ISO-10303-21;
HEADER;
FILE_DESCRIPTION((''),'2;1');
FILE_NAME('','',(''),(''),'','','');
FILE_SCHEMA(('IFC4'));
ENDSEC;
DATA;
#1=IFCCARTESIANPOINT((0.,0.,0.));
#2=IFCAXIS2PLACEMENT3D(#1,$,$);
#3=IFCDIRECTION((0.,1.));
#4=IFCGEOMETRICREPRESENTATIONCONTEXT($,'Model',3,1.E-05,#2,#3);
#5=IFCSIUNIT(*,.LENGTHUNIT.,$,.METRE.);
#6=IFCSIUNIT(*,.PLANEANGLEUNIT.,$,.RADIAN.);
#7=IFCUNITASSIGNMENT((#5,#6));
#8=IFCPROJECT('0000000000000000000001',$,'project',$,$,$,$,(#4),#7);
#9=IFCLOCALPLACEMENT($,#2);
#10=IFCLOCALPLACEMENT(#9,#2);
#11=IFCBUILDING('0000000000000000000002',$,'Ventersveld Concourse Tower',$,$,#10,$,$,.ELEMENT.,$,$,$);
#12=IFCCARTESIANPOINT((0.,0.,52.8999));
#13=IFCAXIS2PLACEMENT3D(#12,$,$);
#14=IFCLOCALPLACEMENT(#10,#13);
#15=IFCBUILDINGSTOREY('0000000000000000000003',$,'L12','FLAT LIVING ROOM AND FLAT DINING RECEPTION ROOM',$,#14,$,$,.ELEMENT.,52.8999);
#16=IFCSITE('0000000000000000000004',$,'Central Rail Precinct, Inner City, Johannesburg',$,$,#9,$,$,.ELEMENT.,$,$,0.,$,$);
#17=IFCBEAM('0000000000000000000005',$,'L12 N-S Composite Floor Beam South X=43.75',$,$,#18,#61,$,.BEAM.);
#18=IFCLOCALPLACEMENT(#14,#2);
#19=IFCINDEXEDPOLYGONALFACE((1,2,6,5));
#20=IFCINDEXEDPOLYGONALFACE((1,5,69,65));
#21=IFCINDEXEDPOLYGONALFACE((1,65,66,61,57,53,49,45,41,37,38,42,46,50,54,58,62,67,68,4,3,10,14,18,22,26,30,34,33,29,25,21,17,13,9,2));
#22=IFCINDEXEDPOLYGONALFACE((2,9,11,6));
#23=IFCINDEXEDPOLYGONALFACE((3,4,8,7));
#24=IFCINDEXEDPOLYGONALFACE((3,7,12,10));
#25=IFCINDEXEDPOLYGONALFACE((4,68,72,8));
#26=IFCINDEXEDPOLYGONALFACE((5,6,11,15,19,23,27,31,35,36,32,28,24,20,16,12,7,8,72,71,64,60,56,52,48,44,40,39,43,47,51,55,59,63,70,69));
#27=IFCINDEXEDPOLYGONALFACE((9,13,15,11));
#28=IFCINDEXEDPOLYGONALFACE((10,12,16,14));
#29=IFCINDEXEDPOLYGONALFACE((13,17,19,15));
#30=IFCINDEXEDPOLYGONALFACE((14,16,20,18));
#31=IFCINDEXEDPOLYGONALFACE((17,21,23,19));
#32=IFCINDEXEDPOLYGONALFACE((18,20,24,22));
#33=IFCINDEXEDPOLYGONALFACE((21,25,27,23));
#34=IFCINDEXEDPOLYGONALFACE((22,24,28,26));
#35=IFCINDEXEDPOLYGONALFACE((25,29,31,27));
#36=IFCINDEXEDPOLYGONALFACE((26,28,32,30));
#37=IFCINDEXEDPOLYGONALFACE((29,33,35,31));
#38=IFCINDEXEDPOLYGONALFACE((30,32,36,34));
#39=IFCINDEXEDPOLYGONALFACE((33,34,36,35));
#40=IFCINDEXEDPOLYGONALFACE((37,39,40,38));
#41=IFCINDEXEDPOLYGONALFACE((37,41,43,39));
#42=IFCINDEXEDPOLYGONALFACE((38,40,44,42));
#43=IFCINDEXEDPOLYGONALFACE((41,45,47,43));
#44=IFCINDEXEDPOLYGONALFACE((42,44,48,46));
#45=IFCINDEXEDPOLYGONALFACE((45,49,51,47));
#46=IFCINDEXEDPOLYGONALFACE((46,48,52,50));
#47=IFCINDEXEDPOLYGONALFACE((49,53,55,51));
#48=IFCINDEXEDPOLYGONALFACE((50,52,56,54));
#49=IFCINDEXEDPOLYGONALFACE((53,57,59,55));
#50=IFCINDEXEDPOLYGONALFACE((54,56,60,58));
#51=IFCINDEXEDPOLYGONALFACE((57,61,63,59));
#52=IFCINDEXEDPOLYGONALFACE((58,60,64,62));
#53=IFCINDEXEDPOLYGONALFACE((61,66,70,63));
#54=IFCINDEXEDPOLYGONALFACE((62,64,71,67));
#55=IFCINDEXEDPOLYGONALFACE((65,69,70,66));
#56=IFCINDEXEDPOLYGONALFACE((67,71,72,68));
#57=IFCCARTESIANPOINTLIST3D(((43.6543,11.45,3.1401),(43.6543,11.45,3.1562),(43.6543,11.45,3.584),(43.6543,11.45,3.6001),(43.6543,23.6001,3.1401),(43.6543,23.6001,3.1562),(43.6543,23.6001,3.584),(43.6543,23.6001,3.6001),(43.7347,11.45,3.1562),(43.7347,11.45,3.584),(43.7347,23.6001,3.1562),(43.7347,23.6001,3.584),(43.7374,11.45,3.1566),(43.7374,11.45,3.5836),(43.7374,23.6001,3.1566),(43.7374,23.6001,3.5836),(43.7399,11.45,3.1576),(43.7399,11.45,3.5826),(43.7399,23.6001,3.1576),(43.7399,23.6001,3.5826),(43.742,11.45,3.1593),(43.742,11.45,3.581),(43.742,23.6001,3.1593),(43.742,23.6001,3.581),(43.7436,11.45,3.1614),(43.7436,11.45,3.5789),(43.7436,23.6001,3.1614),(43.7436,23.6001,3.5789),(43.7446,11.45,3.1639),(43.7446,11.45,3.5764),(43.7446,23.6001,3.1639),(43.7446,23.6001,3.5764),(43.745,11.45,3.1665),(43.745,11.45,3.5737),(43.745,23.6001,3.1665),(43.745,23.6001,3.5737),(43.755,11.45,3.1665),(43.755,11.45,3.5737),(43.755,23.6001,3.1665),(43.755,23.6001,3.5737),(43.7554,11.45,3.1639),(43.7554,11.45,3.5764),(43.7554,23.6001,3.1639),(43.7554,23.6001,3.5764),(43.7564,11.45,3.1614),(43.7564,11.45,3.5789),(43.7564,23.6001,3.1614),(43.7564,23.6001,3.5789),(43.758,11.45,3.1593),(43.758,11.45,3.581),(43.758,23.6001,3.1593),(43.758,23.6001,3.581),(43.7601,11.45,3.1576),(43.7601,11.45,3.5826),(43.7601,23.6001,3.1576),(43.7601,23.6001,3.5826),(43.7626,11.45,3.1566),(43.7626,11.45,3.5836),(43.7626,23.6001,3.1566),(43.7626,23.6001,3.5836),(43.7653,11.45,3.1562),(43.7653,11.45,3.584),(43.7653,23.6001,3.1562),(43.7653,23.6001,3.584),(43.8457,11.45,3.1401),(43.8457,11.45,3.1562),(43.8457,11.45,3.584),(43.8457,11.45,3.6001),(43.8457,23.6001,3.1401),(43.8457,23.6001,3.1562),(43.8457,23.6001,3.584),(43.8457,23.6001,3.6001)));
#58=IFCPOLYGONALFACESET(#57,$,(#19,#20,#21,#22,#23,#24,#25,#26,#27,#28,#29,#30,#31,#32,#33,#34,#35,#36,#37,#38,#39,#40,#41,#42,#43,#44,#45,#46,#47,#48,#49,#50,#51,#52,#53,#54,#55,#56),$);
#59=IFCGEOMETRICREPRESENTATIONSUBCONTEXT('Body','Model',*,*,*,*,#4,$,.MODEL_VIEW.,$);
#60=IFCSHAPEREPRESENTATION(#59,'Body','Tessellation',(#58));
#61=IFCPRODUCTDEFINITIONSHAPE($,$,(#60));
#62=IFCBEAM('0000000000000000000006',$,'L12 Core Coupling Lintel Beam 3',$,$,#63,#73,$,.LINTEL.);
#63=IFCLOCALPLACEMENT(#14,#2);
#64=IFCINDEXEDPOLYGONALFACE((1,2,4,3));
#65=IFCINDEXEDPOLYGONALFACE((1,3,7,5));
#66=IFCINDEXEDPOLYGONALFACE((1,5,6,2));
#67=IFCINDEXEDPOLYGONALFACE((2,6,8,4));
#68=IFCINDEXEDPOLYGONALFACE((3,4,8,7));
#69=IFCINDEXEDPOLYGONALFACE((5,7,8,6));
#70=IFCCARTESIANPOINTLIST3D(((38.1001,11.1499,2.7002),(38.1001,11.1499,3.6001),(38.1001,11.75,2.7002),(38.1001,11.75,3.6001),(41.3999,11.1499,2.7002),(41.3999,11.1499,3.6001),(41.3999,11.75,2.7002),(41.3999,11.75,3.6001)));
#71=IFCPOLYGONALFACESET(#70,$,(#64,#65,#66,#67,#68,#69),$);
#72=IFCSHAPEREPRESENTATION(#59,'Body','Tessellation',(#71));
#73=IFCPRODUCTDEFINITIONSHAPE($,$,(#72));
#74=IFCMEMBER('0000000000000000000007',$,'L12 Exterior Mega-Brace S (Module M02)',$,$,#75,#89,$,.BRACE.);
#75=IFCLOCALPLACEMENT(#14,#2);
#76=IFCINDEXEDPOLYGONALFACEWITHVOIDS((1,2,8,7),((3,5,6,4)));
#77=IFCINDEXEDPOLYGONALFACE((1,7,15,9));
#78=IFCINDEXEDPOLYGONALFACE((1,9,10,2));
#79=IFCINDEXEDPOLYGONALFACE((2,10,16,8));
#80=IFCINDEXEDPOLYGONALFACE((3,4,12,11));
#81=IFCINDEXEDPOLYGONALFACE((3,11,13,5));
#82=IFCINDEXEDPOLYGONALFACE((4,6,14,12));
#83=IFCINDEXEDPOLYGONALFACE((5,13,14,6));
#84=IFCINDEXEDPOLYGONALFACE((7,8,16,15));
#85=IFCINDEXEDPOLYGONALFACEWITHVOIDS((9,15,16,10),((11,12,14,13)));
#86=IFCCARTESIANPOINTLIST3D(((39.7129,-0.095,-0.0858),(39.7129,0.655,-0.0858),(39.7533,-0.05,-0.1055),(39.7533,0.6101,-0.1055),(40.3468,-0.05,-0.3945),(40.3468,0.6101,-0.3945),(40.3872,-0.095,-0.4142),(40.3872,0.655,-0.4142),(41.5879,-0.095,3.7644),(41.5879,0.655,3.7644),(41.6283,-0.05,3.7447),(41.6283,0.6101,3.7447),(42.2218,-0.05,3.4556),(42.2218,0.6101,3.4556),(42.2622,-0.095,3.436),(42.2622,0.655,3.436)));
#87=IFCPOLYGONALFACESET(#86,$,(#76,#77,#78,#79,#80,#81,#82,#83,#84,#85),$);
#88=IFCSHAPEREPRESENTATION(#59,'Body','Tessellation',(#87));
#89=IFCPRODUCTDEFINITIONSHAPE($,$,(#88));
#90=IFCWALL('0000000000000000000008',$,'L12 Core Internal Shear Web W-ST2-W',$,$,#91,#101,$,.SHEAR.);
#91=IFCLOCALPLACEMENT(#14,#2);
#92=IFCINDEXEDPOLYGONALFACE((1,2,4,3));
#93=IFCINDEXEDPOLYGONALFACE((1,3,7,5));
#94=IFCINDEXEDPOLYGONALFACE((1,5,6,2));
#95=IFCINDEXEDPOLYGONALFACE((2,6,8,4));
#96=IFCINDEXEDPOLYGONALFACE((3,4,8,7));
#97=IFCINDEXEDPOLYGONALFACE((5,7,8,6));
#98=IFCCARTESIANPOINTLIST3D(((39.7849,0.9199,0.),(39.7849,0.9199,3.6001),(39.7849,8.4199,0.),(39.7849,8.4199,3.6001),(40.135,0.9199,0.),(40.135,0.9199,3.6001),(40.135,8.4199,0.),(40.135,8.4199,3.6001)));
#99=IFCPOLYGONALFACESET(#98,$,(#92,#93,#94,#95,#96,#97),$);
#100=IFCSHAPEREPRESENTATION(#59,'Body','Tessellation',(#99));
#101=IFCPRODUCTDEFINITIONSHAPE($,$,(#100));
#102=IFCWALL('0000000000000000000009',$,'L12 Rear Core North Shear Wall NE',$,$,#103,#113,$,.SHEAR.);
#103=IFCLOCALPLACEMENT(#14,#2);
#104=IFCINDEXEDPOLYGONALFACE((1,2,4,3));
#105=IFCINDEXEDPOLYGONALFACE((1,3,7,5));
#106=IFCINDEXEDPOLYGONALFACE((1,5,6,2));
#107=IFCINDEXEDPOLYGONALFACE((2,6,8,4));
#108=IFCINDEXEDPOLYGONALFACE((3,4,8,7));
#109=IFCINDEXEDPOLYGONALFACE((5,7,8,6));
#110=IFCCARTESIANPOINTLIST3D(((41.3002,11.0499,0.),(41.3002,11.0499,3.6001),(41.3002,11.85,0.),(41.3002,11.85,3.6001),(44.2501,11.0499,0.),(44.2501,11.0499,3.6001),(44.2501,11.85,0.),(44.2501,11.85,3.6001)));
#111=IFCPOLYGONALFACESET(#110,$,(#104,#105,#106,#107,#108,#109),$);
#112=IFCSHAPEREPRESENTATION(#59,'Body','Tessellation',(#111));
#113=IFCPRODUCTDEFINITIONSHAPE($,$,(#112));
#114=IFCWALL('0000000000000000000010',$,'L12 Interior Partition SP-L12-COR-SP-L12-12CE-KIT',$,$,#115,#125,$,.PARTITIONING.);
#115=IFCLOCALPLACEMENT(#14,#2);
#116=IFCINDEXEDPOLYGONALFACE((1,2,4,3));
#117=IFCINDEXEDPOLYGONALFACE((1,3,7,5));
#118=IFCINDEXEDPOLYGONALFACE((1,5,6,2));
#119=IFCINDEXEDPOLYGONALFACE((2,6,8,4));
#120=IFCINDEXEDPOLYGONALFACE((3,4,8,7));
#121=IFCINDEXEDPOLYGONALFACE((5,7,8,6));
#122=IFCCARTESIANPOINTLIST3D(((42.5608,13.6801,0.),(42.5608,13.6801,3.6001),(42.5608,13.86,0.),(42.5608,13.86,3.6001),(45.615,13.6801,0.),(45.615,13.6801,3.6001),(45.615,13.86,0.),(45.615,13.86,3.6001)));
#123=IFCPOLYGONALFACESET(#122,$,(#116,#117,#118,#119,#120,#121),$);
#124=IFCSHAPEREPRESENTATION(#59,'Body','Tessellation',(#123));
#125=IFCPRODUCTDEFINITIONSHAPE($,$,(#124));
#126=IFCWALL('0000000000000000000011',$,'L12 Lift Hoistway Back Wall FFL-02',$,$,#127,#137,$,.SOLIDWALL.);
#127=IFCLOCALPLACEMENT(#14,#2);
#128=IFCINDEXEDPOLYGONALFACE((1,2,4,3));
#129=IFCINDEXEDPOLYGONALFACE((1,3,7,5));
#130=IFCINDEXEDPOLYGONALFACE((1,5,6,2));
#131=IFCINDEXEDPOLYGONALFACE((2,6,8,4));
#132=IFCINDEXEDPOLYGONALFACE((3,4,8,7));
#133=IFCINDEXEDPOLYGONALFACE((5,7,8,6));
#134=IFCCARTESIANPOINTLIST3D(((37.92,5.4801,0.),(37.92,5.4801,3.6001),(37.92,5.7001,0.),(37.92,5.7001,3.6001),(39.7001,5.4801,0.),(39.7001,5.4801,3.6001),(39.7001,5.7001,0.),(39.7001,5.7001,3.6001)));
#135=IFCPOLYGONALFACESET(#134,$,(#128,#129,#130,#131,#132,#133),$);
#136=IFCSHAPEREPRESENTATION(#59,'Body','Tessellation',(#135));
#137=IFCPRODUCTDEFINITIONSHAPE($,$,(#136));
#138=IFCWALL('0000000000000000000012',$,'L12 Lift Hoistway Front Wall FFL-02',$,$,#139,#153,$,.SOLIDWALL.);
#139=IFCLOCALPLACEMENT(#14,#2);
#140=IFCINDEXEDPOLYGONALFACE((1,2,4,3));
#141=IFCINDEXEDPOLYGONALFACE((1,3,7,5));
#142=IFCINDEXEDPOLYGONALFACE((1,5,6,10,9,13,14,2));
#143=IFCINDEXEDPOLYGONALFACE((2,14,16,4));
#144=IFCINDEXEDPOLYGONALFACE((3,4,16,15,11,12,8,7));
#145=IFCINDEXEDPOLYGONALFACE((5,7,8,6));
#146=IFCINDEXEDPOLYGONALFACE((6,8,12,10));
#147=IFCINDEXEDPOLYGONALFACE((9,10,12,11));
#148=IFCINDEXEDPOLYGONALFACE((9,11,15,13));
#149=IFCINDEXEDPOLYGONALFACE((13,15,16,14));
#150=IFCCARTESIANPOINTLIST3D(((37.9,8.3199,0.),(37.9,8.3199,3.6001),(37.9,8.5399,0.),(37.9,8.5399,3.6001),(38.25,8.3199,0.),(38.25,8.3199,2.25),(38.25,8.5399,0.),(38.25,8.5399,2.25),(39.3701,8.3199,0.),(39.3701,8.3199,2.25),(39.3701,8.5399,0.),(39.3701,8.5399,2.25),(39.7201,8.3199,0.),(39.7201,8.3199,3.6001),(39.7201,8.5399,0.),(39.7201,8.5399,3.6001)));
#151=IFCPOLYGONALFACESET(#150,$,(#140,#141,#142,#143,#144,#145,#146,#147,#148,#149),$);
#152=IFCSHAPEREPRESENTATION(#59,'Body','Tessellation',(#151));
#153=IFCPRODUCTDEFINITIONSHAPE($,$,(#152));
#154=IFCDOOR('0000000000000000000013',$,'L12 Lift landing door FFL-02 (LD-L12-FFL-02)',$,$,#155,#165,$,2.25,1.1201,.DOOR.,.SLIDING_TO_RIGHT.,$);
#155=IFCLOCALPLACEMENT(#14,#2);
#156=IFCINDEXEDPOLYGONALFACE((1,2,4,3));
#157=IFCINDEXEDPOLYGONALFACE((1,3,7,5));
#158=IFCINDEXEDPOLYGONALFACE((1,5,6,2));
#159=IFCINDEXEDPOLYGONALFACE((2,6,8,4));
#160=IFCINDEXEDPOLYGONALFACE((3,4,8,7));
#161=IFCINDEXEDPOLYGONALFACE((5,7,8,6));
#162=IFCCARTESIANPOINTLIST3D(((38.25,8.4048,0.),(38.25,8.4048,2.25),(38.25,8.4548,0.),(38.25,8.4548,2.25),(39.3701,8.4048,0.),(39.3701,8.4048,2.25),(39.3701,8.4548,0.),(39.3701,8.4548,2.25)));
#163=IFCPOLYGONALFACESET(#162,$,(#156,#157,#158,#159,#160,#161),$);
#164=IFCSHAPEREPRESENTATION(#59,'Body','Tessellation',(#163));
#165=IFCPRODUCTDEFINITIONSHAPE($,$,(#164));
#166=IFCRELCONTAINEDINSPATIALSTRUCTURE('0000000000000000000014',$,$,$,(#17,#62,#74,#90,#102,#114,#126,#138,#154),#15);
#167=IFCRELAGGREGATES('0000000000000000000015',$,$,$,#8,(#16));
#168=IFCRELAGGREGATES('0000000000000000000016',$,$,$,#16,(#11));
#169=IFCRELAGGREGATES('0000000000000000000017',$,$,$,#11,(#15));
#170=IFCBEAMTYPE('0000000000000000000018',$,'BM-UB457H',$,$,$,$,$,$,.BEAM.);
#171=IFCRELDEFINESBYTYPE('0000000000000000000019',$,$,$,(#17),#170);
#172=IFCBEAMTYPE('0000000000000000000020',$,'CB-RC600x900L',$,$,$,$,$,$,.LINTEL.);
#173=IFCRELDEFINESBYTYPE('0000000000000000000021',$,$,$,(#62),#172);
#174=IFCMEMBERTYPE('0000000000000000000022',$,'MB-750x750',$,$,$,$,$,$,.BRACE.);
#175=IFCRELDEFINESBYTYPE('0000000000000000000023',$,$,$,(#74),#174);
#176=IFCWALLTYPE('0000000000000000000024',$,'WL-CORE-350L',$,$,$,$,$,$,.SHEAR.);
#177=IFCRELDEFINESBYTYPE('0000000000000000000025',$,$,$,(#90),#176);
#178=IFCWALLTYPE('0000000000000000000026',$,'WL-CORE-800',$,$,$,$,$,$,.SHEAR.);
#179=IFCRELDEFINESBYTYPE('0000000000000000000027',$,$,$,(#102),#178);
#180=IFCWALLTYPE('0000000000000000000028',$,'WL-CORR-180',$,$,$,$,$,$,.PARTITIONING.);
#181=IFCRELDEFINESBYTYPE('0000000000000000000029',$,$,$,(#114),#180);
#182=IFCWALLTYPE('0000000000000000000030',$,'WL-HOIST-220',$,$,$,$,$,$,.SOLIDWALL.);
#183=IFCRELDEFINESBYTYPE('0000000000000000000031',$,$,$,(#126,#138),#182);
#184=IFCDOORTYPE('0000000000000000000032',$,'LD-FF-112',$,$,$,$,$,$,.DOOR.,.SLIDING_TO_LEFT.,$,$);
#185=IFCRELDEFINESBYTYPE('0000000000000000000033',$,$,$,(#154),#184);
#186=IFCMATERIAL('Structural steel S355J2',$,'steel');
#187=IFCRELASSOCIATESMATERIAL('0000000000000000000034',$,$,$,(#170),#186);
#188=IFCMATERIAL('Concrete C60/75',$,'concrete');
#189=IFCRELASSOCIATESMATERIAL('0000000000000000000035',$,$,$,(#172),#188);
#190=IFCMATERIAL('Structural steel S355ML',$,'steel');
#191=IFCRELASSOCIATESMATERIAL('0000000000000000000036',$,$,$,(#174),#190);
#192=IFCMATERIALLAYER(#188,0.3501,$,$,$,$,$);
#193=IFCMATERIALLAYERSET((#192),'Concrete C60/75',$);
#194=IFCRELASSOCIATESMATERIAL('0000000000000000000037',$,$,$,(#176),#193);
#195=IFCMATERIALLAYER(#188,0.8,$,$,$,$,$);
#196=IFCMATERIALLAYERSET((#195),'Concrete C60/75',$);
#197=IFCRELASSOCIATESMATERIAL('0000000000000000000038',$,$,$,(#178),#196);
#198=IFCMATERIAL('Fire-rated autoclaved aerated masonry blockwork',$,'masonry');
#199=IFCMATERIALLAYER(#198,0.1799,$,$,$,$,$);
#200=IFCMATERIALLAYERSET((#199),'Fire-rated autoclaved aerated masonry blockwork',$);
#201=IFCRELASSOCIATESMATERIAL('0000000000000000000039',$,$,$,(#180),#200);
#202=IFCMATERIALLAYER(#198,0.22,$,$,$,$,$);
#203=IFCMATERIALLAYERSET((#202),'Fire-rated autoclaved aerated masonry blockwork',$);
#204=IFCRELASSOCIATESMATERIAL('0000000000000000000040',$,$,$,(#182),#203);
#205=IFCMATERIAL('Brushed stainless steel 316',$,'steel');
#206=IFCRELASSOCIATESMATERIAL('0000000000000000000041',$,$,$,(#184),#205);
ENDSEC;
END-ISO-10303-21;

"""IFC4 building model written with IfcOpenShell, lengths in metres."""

from ifc_helpers import new_model, si_unit, direction, frame, frame_2d, origin, origin_2d, place, context, subcontext, project, spatial, rectangle, hollow_rectangle, i_section, extrude, material, layer, layer_set, material_profile, profile_set, type_object, element, fill, save


model = new_model("IFC4")

# Units and contexts
model_context = context("Model", 3, precision=1e-05, world=origin(), true_north=direction((0.0, 1.0)))
body_context = subcontext(model_context, "Body", "Model", "MODEL_VIEW")
ifc_project = project(units=[si_unit("LENGTHUNIT", "METRE"), si_unit("PLANEANGLEUNIT", "RADIAN")], contexts=[model_context])

# Site, building, storey
site_placement = place(None, origin())
site = spatial("IfcSite", under=ifc_project, at=site_placement, Name="Central Rail Precinct, Inner City, Johannesburg", CompositionType="ELEMENT", RefElevation=0.0)
building_placement = place(site_placement, origin())
building = spatial("IfcBuilding", under=site, at=building_placement, Name="Ventersveld Concourse Tower", CompositionType="ELEMENT")
storey_placement = place(building_placement, frame((0.0, 0.0, 52.8999)))
storey = spatial("IfcBuildingStorey", under=building, at=storey_placement, Name="L12", Description="FLAT LIVING ROOM AND FLAT DINING RECEPTION ROOM", CompositionType="ELEMENT", Elevation=52.8999)

# Beams
ifc_material_1 = material(Name="Structural steel S355J2", Category="steel")
ifc_material_profile_1 = material_profile(ifc_material_1, i_section(OverallWidth=0.1914, OverallDepth=0.46, WebThickness=0.01, FlangeThickness=0.0161, FilletRadius=0.0103, at=origin_2d()), Name="UB 457x191x82")
ifc_profile_set_1 = profile_set([ifc_material_profile_1], Name="Structural steel S355J2")
beam_type_1 = type_object("IfcBeamType", Name="BM-UB457H", PredefinedType="BEAM", material=ifc_profile_set_1)
beam_1_placement = place(storey_placement, frame((43.75, 11.45, 3.3701), z_axis=(0.0, 1.0, 0.0), x_axis=(-1.0, 0.0, 0.0)))
element("IfcBeam", 1, at=beam_1_placement, inside=storey, type_object=beam_type_1, Name="L12 N-S Composite Floor Beam South X=43.75", PredefinedType="BEAM", context=body_context, shape_type="SweptSolid", body=[
    extrude(i_section(OverallWidth=0.1914, OverallDepth=0.46, WebThickness=0.01, FlangeThickness=0.0161, FilletRadius=0.0103, at=origin_2d()), origin(), (0.0, 0.0, 1.0), 12.1501),
])
ifc_material_2 = material(Name="Concrete C60/75", Category="concrete")
ifc_material_profile_2 = material_profile(ifc_material_2, rectangle(XDim=0.6001, YDim=0.8999, at=origin_2d()), Name="RC 600x900")
ifc_profile_set_2 = profile_set([ifc_material_profile_2], Name="Concrete C60/75")
beam_type_2 = type_object("IfcBeamType", Name="CB-RC600x900L", PredefinedType="LINTEL", material=ifc_profile_set_2)
beam_2_placement = place(storey_placement, frame((38.1001, 11.45, 3.1501), z_axis=(1.0, 0.0, 0.0), x_axis=(0.0, 1.0, 0.0)))
element("IfcBeam", 2, at=beam_2_placement, inside=storey, type_object=beam_type_2, Name="L12 Core Coupling Lintel Beam 3", PredefinedType="LINTEL", context=body_context, shape_type="SweptSolid", body=[
    extrude(rectangle(XDim=0.6001, YDim=0.8999, at=origin_2d()), origin(), (0.0, 0.0, 1.0), 3.2998),
])

# Member
ifc_material_3 = material(Name="Structural steel S355ML", Category="steel")
ifc_material_profile_3 = material_profile(ifc_material_3, hollow_rectangle(XDim=0.75, YDim=0.75, WallThickness=0.0449, at=origin_2d()), Name="BOX 750x750x45")
ifc_profile_set_3 = profile_set([ifc_material_profile_3], Name="Structural steel S355ML")
member_type = type_object("IfcMemberType", Name="MB-750x750", PredefinedType="BRACE", material=ifc_profile_set_3)
member_placement = place(storey_placement, frame((40.05, 0.28, -0.25), z_axis=(0.437839, 0.0, 0.899053), x_axis=(0.0, 1.0, 0.0)))
element("IfcMember", 3, at=member_placement, inside=storey, type_object=member_type, Name="L12 Exterior Mega-Brace S (Module M02)", PredefinedType="BRACE", context=body_context, shape_type="SweptSolid", body=[
    extrude(hollow_rectangle(XDim=0.75, YDim=0.75, WallThickness=0.0449, at=origin_2d()), origin(), (0.0, 0.0, 1.0), 4.2825),
])

# Walls
ifc_layer_1 = layer(ifc_material_2, 0.3501)
ifc_layer_set_1 = layer_set([ifc_layer_1], Name="Concrete C60/75")
wall_type_1 = type_object("IfcWallType", Name="WL-CORE-350L", PredefinedType="SHEAR", material=ifc_layer_set_1)
wall_1_placement = place(storey_placement, frame((39.96, 0.9199, 0.0), z_axis=(0.0, 0.0, 1.0), x_axis=(0.0, 1.0, 0.0)))
element("IfcWall", 4, at=wall_1_placement, inside=storey, type_object=wall_type_1, Name="L12 Core Internal Shear Web W-ST2-W", PredefinedType="SHEAR", context=body_context, shape_type="SweptSolid", body=[
    extrude(rectangle(XDim=7.5, YDim=0.3501, at=frame_2d((3.75, 0.0))), origin(), (0.0, 0.0, 1.0), 3.6001),
])
ifc_layer_2 = layer(ifc_material_2, 0.8)
ifc_layer_set_2 = layer_set([ifc_layer_2], Name="Concrete C60/75")
wall_type_2 = type_object("IfcWallType", Name="WL-CORE-800", PredefinedType="SHEAR", material=ifc_layer_set_2)
wall_2_placement = place(storey_placement, frame((41.3, 11.45, 0.0), z_axis=(0.0, 0.0, 1.0), x_axis=(1.0, 0.0, 0.0)))
element("IfcWall", 5, at=wall_2_placement, inside=storey, type_object=wall_type_2, Name="L12 Rear Core North Shear Wall NE", PredefinedType="SHEAR", context=body_context, shape_type="SweptSolid", body=[
    extrude(rectangle(XDim=2.95, YDim=0.8, at=frame_2d((1.4751, 0.0))), origin(), (0.0, 0.0, 1.0), 3.6001),
])
ifc_material_4 = material(Name="Fire-rated autoclaved aerated masonry blockwork", Category="masonry")
ifc_layer_3 = layer(ifc_material_4, 0.1799)
ifc_layer_set_3 = layer_set([ifc_layer_3], Name="Fire-rated autoclaved aerated masonry blockwork")
wall_type_3 = type_object("IfcWallType", Name="WL-CORR-180", PredefinedType="PARTITIONING", material=ifc_layer_set_3)
wall_3_placement = place(storey_placement, frame((42.5608, 13.77, 0.0), z_axis=(0.0, 0.0, 1.0), x_axis=(1.0, 0.0, 0.0)))
element("IfcWall", 6, at=wall_3_placement, inside=storey, type_object=wall_type_3, Name="L12 Interior Partition SP-L12-COR-SP-L12-12CE-KIT", PredefinedType="PARTITIONING", context=body_context, shape_type="SweptSolid", body=[
    extrude(rectangle(XDim=3.0542, YDim=0.1799, at=frame_2d((1.5271, 0.0))), origin(), (0.0, 0.0, 1.0), 3.6001),
])
ifc_layer_4 = layer(ifc_material_4, 0.22)
ifc_layer_set_4 = layer_set([ifc_layer_4], Name="Fire-rated autoclaved aerated masonry blockwork")
wall_type_4 = type_object("IfcWallType", Name="WL-HOIST-220", PredefinedType="SOLIDWALL", material=ifc_layer_set_4)
wall_4_placement = place(storey_placement, frame((37.9199, 5.5901, 0.0), z_axis=(0.0, 0.0, 1.0), x_axis=(1.0, 0.0, 0.0)))
element("IfcWall", 7, at=wall_4_placement, inside=storey, type_object=wall_type_4, Name="L12 Lift Hoistway Back Wall FFL-02", PredefinedType="SOLIDWALL", context=body_context, shape_type="SweptSolid", body=[
    extrude(rectangle(XDim=1.78, YDim=0.22, at=frame_2d((0.8901, 0.0))), origin(), (0.0, 0.0, 1.0), 3.6001),
])

# Wall, opening, door
wall_5_placement = place(storey_placement, frame((37.8999, 8.4299, 0.0), z_axis=(0.0, 0.0, 1.0), x_axis=(1.0, 0.0, 0.0)))
wall_5 = element("IfcWall", 8, at=wall_5_placement, inside=storey, type_object=wall_type_4, Name="L12 Lift Hoistway Front Wall FFL-02", PredefinedType="SOLIDWALL", context=body_context, shape_type="SweptSolid", body=[
    extrude(rectangle(XDim=1.8201, YDim=0.22, at=frame_2d((0.9102, 0.0))), origin(), (0.0, 0.0, 1.0), 3.6001),
])
opening_1_placement = place(wall_5_placement, frame((0.3501, 0.0, 0.0)))
opening_1 = element("IfcOpeningElement", 9, at=opening_1_placement, cuts=wall_5, PredefinedType="OPENING", context=body_context, shape_type="SweptSolid", body=[
    extrude(rectangle(XDim=1.1201, YDim=2.25, at=frame_2d((0.5601, 1.125))), frame((0.0, 0.1201, 0.0), z_axis=(0.0, -1.0, 0.0), x_axis=(1.0, 0.0, 0.0)), (0.0, 0.0, 1.0), 0.24),
])
ifc_material_5 = material(Name="Brushed stainless steel 316", Category="steel")
door_type_1 = type_object("IfcDoorType", Name="LD-FF-112", OperationType="SLIDING_TO_LEFT", PredefinedType="DOOR", material=ifc_material_5)
door_1_placement = place(opening_1_placement, origin())
door_1 = element("IfcDoor", 10, at=door_1_placement, inside=storey, type_object=door_type_1, Name="L12 Lift landing door FFL-02 (LD-L12-FFL-02)", OperationType="SLIDING_TO_RIGHT", OverallHeight=2.25, OverallWidth=1.1201, PredefinedType="DOOR", context=body_context, shape_type="SweptSolid", body=[
    extrude(rectangle(XDim=1.1201, YDim=2.25, at=frame_2d((0.5601, 1.125))), frame((0.0, 0.0249, 0.0), z_axis=(0.0, -1.0, 0.0), x_axis=(1.0, 0.0, 0.0)), (0.0, 0.0, 1.0), 0.05),
])
fill(opening_1, door_1)

save(model, "model.ifc")
